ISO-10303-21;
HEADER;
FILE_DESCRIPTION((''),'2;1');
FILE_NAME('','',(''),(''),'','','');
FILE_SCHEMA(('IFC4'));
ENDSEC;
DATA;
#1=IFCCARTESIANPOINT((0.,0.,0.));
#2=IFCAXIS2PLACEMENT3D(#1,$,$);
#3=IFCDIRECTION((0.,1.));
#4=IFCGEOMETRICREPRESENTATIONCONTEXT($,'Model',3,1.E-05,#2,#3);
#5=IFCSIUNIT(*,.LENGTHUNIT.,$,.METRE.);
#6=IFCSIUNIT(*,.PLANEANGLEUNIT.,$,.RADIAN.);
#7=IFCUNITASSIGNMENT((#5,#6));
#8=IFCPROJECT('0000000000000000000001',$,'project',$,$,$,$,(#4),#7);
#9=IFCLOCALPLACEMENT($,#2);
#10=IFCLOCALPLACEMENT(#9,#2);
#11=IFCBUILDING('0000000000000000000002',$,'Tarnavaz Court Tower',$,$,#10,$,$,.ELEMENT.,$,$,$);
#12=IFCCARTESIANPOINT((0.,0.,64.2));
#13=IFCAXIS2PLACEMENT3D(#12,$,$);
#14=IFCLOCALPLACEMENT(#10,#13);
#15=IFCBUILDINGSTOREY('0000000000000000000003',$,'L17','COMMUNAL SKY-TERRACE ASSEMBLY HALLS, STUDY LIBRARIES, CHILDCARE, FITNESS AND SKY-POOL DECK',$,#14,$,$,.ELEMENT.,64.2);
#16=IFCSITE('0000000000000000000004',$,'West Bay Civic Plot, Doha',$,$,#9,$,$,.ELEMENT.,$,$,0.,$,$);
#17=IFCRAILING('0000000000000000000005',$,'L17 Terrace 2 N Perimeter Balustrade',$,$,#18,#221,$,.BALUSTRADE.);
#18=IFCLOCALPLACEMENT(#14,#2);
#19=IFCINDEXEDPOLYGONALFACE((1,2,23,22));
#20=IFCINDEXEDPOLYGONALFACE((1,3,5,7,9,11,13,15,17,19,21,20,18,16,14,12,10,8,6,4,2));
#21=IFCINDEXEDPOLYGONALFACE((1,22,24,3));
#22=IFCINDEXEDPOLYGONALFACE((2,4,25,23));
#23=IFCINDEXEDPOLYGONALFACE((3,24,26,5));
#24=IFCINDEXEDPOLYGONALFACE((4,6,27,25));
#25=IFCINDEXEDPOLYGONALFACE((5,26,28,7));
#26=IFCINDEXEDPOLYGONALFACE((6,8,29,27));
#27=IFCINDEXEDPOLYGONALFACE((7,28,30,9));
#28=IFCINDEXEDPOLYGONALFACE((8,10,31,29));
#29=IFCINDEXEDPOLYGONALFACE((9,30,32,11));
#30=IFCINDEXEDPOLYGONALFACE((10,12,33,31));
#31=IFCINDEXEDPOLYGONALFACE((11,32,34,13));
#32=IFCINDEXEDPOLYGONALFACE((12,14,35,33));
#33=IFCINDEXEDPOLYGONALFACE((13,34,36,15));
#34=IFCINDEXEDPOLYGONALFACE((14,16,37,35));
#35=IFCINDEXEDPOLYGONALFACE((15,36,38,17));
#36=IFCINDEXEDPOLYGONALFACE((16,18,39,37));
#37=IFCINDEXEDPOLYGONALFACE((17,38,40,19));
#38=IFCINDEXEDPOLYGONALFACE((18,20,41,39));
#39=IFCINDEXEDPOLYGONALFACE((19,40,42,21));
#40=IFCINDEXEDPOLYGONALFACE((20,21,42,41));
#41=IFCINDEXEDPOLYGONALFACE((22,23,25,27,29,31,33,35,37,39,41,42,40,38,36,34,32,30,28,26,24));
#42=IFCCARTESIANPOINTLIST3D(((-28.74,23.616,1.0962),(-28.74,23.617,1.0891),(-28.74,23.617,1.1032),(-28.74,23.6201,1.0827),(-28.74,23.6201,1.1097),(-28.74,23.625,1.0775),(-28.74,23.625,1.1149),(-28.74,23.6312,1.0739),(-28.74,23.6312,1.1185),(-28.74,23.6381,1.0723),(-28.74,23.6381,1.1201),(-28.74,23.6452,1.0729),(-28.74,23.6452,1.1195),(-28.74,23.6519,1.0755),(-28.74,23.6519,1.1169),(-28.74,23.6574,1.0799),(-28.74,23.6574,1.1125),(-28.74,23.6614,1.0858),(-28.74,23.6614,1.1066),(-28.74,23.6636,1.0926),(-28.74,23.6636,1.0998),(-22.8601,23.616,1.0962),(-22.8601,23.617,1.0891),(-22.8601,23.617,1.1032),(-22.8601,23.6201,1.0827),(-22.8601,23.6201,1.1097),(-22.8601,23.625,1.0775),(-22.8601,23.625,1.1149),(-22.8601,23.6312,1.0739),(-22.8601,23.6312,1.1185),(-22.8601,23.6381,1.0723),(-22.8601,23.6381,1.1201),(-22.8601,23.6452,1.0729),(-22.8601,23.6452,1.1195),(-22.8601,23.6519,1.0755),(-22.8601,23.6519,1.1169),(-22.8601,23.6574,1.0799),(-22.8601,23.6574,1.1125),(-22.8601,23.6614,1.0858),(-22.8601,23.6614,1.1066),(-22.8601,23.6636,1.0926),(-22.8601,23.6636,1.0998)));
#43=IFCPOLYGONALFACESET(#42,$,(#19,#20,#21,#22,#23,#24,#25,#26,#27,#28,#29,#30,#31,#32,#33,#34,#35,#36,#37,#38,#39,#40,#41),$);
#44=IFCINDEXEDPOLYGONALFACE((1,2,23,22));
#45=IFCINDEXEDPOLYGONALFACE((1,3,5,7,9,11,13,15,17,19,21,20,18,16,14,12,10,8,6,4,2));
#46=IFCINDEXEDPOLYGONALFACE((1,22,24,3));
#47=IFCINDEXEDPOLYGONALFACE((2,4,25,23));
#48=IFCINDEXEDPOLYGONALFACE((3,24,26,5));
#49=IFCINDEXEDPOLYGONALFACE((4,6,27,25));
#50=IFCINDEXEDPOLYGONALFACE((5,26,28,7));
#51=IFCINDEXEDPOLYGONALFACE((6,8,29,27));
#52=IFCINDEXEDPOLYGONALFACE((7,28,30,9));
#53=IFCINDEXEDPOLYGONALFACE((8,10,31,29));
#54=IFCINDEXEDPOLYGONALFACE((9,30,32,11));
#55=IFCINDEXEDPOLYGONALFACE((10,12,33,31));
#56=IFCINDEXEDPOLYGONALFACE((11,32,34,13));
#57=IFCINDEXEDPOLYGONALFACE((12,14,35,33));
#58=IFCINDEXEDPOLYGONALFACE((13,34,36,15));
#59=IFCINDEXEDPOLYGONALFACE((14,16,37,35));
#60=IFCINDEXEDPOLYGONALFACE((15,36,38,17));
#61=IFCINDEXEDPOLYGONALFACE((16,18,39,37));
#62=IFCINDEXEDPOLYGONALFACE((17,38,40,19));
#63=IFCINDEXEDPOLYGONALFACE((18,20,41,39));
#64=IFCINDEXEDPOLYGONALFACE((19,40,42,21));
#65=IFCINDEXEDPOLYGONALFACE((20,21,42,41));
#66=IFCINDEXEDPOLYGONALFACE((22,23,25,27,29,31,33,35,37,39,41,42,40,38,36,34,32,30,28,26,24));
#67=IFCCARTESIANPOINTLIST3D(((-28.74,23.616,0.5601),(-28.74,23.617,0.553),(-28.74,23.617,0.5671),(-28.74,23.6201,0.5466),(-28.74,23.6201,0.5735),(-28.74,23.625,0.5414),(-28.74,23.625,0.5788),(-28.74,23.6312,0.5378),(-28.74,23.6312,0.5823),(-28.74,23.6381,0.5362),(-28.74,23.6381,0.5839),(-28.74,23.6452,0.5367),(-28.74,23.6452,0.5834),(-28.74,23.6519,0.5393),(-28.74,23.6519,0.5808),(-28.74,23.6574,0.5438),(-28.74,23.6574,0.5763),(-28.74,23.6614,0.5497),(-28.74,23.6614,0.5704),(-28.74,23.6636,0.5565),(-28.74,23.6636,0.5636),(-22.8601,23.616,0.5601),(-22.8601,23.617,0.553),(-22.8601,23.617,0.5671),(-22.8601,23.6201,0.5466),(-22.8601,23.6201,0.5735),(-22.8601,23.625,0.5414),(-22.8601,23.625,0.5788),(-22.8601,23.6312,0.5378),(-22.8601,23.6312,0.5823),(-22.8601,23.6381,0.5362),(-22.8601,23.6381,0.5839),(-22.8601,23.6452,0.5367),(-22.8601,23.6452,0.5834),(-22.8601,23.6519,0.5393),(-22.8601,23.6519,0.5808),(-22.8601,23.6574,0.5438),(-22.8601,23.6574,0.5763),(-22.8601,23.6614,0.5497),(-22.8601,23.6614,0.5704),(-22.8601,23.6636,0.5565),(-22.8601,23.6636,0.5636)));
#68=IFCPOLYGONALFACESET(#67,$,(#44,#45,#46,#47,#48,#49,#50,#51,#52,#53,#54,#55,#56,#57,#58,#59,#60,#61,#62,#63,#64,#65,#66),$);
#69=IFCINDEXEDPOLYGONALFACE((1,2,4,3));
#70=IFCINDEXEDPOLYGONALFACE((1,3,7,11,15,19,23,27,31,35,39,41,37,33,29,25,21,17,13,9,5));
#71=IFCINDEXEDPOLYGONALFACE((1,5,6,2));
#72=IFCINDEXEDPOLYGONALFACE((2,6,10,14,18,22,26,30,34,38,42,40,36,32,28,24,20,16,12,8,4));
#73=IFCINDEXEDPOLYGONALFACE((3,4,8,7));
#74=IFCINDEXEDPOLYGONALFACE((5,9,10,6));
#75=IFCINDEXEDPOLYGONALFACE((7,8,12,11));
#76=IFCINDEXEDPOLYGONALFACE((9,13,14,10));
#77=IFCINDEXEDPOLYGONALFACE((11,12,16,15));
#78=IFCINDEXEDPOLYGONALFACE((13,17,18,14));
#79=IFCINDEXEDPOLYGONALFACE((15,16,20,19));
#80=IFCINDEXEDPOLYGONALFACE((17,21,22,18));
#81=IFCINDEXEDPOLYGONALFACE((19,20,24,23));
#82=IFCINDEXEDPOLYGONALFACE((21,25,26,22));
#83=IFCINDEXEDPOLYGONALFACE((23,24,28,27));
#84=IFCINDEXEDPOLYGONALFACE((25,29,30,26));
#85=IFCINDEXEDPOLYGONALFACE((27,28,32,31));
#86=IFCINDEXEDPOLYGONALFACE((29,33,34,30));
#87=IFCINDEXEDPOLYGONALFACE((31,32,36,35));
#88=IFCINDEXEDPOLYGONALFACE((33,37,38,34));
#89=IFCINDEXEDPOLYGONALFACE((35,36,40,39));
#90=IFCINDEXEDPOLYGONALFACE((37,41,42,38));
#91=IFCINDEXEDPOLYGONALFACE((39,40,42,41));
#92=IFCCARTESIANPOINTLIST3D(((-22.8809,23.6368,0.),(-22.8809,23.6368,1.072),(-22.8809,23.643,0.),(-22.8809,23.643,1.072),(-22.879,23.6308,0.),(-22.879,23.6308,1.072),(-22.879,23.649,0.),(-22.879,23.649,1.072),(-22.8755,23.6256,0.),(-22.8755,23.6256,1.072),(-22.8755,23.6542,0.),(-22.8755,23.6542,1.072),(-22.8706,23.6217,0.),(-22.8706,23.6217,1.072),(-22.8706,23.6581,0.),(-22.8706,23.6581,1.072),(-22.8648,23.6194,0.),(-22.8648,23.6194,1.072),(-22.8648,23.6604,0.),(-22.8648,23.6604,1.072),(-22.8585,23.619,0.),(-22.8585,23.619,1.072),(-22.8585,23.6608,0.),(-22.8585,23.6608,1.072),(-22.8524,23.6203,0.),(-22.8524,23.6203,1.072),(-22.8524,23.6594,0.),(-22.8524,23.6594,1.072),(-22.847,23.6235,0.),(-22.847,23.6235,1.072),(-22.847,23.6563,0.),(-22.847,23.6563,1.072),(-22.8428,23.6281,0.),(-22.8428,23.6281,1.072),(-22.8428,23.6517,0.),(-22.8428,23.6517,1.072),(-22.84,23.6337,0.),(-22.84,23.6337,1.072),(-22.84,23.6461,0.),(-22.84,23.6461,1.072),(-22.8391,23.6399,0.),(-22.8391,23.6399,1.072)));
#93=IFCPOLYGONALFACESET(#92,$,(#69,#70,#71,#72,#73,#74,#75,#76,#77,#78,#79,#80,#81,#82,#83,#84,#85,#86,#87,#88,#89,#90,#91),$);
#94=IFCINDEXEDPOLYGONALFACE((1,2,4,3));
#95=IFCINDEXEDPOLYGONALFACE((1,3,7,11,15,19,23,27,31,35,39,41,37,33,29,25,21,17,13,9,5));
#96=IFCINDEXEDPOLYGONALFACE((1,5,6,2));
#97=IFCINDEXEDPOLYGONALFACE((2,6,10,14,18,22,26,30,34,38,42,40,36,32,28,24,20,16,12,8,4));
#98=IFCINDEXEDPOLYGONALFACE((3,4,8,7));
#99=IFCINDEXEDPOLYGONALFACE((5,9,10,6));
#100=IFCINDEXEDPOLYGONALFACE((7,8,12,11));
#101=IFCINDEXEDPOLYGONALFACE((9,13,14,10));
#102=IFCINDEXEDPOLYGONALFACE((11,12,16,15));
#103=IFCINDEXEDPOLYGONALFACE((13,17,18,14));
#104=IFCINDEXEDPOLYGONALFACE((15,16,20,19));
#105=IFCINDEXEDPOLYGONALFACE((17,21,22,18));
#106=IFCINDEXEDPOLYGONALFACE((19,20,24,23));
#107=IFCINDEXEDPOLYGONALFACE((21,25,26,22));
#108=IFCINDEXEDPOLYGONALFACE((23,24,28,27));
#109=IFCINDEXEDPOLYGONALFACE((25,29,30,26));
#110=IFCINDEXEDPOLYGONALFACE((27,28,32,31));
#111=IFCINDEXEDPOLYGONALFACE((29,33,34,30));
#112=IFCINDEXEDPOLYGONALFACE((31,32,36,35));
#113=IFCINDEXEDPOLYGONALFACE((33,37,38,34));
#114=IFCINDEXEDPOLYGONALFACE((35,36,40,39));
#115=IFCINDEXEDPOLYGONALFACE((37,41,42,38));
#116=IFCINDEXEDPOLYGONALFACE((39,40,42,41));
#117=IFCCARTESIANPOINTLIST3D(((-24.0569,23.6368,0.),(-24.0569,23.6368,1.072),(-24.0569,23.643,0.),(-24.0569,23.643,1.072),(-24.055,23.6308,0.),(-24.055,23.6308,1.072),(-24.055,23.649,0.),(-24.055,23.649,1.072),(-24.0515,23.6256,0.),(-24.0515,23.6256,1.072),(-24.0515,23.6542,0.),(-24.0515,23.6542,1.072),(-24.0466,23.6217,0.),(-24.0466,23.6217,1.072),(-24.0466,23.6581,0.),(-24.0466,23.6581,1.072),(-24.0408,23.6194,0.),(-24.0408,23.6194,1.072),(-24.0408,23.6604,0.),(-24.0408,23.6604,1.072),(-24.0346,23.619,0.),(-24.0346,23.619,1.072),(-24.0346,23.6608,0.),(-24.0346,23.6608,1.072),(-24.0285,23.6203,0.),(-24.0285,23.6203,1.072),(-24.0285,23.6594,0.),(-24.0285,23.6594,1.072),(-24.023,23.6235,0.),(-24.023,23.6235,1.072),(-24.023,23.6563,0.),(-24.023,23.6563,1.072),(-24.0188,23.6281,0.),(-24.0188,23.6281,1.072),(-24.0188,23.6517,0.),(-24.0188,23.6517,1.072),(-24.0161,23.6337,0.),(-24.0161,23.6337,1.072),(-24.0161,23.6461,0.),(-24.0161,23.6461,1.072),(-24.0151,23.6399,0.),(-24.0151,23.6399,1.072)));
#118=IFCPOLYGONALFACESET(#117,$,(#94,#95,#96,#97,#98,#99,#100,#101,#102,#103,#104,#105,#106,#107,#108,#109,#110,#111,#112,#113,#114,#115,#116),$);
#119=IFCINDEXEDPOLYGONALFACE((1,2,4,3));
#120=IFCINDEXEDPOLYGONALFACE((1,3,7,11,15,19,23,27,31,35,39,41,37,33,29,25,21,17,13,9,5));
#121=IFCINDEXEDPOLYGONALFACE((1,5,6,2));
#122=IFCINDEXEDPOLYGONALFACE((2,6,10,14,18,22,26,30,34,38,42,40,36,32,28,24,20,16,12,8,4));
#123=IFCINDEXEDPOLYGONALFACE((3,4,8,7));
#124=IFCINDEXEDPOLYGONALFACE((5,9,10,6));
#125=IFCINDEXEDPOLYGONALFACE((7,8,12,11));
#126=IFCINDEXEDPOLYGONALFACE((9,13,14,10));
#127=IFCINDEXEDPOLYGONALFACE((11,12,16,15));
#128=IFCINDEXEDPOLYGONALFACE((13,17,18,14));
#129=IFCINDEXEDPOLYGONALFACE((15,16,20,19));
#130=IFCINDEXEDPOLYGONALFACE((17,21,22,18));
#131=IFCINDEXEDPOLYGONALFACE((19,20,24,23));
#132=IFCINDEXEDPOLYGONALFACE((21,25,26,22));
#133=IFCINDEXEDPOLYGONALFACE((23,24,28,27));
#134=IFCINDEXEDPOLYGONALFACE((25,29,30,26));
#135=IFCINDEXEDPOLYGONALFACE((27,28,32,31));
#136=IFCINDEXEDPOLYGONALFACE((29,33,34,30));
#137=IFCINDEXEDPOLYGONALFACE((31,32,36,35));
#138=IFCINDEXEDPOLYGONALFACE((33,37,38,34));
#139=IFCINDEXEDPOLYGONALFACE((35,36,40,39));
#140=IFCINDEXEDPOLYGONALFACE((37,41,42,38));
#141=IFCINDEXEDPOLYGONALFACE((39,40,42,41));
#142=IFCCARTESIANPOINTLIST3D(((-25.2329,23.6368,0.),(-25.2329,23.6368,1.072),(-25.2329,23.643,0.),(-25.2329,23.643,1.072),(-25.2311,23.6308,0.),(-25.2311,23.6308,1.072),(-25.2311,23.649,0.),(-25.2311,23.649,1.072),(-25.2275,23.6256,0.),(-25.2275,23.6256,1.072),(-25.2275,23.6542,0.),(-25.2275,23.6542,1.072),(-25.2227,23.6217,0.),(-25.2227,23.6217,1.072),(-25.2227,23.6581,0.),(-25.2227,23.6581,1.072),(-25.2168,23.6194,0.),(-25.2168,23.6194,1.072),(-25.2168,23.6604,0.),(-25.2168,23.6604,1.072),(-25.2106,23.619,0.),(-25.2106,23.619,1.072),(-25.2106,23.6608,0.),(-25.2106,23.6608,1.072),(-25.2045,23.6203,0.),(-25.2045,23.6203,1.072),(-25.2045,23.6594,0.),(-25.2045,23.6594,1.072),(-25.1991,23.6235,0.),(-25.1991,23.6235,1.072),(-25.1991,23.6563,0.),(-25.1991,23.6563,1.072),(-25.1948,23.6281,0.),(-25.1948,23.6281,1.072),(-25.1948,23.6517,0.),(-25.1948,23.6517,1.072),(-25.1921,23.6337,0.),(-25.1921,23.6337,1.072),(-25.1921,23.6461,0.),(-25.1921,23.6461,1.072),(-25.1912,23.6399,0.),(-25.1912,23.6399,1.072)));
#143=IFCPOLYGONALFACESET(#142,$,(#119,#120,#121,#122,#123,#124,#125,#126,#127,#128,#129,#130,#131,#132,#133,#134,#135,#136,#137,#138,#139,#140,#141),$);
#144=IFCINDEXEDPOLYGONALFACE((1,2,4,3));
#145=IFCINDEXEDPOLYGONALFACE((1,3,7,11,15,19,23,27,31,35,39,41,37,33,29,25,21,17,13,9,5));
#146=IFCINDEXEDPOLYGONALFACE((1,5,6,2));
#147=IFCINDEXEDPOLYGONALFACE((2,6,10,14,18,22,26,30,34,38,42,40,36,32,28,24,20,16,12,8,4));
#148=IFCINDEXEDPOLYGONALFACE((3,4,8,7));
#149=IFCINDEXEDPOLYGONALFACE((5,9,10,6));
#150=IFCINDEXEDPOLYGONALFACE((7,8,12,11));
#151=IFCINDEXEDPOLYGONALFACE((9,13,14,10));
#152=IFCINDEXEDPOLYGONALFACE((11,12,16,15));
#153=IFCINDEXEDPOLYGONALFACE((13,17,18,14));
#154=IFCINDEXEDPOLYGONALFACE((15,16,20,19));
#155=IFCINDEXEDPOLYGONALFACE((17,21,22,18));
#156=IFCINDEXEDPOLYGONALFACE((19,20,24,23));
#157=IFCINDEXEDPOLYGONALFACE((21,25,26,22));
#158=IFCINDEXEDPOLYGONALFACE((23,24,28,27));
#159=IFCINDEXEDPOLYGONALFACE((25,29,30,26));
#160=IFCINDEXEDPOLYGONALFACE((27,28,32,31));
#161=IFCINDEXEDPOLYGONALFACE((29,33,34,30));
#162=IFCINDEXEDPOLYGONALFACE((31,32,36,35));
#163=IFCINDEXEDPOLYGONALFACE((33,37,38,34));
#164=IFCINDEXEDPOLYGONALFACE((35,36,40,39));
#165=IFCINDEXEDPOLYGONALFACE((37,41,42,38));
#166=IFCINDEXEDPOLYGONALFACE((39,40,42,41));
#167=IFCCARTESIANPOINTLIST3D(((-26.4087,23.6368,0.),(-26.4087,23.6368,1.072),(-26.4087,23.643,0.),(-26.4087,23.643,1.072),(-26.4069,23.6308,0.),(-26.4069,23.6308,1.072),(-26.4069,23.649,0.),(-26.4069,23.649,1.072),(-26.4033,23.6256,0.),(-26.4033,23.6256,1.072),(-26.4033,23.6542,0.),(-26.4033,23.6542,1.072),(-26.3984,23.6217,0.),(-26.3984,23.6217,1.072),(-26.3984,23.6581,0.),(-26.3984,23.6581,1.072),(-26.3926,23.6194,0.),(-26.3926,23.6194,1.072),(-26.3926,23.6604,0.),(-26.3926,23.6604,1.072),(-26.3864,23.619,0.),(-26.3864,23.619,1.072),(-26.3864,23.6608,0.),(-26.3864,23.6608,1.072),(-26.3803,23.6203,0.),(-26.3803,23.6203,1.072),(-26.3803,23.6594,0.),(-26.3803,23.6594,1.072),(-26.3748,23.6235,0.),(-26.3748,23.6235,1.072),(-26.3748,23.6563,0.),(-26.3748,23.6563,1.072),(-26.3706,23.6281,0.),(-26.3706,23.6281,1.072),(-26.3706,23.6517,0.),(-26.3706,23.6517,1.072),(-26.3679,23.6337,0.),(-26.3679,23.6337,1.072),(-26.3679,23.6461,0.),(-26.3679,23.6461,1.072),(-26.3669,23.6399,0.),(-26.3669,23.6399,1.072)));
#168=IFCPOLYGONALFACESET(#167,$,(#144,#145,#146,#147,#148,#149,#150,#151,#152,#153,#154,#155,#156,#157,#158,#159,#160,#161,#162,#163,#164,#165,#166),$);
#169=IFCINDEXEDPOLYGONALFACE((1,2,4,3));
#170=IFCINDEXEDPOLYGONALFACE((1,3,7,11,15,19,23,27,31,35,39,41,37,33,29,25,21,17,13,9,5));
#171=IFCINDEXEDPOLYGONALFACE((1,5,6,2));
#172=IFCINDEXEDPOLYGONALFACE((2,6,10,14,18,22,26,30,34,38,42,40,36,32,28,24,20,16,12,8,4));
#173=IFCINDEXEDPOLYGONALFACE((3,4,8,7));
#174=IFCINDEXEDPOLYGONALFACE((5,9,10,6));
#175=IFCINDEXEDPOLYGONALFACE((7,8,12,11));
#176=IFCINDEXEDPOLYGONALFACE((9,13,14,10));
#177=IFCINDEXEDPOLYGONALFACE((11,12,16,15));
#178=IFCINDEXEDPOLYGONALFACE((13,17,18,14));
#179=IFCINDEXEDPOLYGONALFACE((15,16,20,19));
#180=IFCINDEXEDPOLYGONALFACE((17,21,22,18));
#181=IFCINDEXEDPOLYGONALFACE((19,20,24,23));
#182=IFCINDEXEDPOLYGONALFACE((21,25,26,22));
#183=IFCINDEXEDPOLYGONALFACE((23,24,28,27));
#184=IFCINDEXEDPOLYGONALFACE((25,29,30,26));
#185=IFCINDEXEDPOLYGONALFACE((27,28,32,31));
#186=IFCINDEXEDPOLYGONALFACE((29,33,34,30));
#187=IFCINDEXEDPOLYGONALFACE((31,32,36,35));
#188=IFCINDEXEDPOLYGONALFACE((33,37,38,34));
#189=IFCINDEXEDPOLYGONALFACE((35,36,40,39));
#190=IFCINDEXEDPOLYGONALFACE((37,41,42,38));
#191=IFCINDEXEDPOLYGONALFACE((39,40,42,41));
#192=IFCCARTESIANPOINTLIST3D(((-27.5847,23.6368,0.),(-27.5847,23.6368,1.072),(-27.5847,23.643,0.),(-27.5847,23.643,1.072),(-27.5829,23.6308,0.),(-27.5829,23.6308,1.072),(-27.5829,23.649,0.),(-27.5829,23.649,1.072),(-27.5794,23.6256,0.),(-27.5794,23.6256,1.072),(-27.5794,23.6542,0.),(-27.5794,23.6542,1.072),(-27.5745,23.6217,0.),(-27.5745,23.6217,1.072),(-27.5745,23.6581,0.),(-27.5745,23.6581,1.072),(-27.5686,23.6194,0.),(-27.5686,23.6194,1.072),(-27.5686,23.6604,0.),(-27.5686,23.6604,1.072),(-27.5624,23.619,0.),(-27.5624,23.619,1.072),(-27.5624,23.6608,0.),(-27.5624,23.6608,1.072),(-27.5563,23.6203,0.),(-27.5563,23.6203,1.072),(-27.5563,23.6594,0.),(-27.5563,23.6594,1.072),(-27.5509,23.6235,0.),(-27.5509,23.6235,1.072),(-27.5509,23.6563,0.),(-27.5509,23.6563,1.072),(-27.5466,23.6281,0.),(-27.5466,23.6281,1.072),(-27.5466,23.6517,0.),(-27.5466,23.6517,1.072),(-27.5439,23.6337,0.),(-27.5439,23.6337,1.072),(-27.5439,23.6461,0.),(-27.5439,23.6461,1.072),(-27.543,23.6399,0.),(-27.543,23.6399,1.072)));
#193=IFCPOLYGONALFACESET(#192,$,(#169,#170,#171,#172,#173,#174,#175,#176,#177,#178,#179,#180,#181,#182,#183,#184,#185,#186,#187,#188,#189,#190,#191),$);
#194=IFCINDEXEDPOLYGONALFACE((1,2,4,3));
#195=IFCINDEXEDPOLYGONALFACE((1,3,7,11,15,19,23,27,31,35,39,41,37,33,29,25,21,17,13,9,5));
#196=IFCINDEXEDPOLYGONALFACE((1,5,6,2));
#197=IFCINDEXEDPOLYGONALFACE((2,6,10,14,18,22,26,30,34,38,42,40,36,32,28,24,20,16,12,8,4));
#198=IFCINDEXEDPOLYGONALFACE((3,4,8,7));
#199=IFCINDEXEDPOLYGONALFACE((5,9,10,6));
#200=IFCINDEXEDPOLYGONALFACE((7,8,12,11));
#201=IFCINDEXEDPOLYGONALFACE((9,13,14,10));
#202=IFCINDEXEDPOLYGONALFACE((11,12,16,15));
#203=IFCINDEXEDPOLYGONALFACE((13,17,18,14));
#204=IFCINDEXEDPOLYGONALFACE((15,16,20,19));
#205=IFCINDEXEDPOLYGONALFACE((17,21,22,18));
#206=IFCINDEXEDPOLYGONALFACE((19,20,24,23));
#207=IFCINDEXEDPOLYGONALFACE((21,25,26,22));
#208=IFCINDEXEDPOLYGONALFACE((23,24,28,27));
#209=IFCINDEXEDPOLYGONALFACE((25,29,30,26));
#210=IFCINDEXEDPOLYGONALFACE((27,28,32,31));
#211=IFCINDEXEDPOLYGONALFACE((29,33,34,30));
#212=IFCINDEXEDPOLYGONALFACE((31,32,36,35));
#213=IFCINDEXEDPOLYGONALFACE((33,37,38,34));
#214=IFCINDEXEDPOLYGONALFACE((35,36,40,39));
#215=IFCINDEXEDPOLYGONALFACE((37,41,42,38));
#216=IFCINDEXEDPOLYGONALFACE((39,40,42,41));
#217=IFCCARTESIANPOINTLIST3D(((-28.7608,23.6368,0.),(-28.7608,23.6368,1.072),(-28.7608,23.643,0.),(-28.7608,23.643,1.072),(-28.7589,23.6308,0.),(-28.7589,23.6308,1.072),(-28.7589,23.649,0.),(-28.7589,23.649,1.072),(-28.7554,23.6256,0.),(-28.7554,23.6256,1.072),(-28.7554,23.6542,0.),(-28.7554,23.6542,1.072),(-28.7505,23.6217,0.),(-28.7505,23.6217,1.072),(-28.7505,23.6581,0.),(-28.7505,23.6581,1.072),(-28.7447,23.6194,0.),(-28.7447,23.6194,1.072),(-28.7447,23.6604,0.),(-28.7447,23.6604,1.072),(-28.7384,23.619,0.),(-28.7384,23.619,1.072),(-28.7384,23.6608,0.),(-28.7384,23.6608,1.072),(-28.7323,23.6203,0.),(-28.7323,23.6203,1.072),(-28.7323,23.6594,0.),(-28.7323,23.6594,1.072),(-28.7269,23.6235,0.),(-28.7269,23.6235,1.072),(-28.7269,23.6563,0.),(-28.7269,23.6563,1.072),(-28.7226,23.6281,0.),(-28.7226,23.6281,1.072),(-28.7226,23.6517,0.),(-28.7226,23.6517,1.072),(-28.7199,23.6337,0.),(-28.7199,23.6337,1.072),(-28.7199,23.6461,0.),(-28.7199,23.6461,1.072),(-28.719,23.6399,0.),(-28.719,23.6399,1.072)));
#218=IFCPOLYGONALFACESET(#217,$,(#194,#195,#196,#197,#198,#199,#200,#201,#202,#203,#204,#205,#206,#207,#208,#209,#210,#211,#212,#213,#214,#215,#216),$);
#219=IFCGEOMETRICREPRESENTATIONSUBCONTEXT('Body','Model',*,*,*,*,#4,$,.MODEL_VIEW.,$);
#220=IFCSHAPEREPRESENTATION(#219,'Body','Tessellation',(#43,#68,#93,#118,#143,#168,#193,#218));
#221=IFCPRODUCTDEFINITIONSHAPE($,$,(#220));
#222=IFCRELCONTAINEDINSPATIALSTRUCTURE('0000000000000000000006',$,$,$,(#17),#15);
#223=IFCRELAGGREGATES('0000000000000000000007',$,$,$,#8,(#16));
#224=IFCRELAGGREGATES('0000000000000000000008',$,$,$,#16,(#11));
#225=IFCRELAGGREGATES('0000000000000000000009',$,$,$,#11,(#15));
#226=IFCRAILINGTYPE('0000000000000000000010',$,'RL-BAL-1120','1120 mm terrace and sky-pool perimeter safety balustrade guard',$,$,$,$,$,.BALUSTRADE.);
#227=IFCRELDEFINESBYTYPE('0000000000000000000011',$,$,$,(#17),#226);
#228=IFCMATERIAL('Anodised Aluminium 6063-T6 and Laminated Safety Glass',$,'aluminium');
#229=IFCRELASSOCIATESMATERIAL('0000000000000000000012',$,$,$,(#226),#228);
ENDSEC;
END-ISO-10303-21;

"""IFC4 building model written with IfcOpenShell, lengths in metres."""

from ifc_helpers import new_model, si_unit, direction, frame, origin, origin_2d, place, context, subcontext, project, spatial, circle, extrude, material, type_object, element, save


model = new_model("IFC4")

# Units and contexts
model_context = context("Model", 3, precision=1e-05, world=origin(), true_north=direction((0.0, 1.0)))
body_context = subcontext(model_context, "Body", "Model", "MODEL_VIEW")
ifc_project = project(units=[si_unit("LENGTHUNIT", "METRE"), si_unit("PLANEANGLEUNIT", "RADIAN")], contexts=[model_context])

# Site, building, storey
site_placement = place(None, origin())
site = spatial("IfcSite", under=ifc_project, at=site_placement, Name="West Bay Civic Plot, Doha", CompositionType="ELEMENT", RefElevation=0.0)
building_placement = place(site_placement, origin())
building = spatial("IfcBuilding", under=site, at=building_placement, Name="Tarnavaz Court Tower", CompositionType="ELEMENT")
storey_placement = place(building_placement, frame((0.0, 0.0, 64.2)))
storey = spatial("IfcBuildingStorey", under=building, at=storey_placement, Name="L17", Description="COMMUNAL SKY-TERRACE ASSEMBLY HALLS, STUDY LIBRARIES, CHILDCARE, FITNESS AND SKY-POOL DECK", CompositionType="ELEMENT", Elevation=64.2)

# Railing
ifc_material_1 = material(Name="Anodised Aluminium 6063-T6 and Laminated Safety Glass", Category="aluminium")
railing_type = type_object("IfcRailingType", Name="RL-BAL-1120", Description="1120 mm terrace and sky-pool perimeter safety balustrade guard", PredefinedType="BALUSTRADE", material=ifc_material_1)
railing_1_placement = place(storey_placement, frame((-22.8601, 23.6399, 0.0)))
element("IfcRailing", 1, at=railing_1_placement, inside=storey, type_object=railing_type, Name="L17 Terrace 2 N Perimeter Balustrade", PredefinedType="BALUSTRADE", context=body_context, shape_type="SweptSolid", body=[
    extrude(circle(Radius=0.0239, at=origin_2d()), frame((0.0, 0.0, 1.0962), z_axis=(-1.0, 0.0, 0.0), x_axis=(0.0, -1.0, 0.0)), (0.0, 0.0, 1.0), 5.8799),
    extrude(circle(Radius=0.0239, at=origin_2d()), frame((0.0, 0.0, 0.5601), z_axis=(-1.0, 0.0, 0.0), x_axis=(0.0, -1.0, 0.0)), (0.0, 0.0, 1.0), 5.8799),
    extrude(circle(Radius=0.021, at=origin_2d()), origin(), (0.0, 0.0, 1.0), 1.072),
    extrude(circle(Radius=0.021, at=origin_2d()), frame((-1.176, 0.0, 0.0)), (0.0, 0.0, 1.0), 1.072),
    extrude(circle(Radius=0.021, at=origin_2d()), frame((-2.3521, 0.0, 0.0)), (0.0, 0.0, 1.0), 1.072),
    extrude(circle(Radius=0.021, at=origin_2d()), frame((-3.5278, 0.0, 0.0)), (0.0, 0.0, 1.0), 1.072),
    extrude(circle(Radius=0.021, at=origin_2d()), frame((-4.7039, 0.0, 0.0)), (0.0, 0.0, 1.0), 1.072),
    extrude(circle(Radius=0.021, at=origin_2d()), frame((-5.8799, 0.0, 0.0)), (0.0, 0.0, 1.0), 1.072),
])

save(model, "model.ifc")
